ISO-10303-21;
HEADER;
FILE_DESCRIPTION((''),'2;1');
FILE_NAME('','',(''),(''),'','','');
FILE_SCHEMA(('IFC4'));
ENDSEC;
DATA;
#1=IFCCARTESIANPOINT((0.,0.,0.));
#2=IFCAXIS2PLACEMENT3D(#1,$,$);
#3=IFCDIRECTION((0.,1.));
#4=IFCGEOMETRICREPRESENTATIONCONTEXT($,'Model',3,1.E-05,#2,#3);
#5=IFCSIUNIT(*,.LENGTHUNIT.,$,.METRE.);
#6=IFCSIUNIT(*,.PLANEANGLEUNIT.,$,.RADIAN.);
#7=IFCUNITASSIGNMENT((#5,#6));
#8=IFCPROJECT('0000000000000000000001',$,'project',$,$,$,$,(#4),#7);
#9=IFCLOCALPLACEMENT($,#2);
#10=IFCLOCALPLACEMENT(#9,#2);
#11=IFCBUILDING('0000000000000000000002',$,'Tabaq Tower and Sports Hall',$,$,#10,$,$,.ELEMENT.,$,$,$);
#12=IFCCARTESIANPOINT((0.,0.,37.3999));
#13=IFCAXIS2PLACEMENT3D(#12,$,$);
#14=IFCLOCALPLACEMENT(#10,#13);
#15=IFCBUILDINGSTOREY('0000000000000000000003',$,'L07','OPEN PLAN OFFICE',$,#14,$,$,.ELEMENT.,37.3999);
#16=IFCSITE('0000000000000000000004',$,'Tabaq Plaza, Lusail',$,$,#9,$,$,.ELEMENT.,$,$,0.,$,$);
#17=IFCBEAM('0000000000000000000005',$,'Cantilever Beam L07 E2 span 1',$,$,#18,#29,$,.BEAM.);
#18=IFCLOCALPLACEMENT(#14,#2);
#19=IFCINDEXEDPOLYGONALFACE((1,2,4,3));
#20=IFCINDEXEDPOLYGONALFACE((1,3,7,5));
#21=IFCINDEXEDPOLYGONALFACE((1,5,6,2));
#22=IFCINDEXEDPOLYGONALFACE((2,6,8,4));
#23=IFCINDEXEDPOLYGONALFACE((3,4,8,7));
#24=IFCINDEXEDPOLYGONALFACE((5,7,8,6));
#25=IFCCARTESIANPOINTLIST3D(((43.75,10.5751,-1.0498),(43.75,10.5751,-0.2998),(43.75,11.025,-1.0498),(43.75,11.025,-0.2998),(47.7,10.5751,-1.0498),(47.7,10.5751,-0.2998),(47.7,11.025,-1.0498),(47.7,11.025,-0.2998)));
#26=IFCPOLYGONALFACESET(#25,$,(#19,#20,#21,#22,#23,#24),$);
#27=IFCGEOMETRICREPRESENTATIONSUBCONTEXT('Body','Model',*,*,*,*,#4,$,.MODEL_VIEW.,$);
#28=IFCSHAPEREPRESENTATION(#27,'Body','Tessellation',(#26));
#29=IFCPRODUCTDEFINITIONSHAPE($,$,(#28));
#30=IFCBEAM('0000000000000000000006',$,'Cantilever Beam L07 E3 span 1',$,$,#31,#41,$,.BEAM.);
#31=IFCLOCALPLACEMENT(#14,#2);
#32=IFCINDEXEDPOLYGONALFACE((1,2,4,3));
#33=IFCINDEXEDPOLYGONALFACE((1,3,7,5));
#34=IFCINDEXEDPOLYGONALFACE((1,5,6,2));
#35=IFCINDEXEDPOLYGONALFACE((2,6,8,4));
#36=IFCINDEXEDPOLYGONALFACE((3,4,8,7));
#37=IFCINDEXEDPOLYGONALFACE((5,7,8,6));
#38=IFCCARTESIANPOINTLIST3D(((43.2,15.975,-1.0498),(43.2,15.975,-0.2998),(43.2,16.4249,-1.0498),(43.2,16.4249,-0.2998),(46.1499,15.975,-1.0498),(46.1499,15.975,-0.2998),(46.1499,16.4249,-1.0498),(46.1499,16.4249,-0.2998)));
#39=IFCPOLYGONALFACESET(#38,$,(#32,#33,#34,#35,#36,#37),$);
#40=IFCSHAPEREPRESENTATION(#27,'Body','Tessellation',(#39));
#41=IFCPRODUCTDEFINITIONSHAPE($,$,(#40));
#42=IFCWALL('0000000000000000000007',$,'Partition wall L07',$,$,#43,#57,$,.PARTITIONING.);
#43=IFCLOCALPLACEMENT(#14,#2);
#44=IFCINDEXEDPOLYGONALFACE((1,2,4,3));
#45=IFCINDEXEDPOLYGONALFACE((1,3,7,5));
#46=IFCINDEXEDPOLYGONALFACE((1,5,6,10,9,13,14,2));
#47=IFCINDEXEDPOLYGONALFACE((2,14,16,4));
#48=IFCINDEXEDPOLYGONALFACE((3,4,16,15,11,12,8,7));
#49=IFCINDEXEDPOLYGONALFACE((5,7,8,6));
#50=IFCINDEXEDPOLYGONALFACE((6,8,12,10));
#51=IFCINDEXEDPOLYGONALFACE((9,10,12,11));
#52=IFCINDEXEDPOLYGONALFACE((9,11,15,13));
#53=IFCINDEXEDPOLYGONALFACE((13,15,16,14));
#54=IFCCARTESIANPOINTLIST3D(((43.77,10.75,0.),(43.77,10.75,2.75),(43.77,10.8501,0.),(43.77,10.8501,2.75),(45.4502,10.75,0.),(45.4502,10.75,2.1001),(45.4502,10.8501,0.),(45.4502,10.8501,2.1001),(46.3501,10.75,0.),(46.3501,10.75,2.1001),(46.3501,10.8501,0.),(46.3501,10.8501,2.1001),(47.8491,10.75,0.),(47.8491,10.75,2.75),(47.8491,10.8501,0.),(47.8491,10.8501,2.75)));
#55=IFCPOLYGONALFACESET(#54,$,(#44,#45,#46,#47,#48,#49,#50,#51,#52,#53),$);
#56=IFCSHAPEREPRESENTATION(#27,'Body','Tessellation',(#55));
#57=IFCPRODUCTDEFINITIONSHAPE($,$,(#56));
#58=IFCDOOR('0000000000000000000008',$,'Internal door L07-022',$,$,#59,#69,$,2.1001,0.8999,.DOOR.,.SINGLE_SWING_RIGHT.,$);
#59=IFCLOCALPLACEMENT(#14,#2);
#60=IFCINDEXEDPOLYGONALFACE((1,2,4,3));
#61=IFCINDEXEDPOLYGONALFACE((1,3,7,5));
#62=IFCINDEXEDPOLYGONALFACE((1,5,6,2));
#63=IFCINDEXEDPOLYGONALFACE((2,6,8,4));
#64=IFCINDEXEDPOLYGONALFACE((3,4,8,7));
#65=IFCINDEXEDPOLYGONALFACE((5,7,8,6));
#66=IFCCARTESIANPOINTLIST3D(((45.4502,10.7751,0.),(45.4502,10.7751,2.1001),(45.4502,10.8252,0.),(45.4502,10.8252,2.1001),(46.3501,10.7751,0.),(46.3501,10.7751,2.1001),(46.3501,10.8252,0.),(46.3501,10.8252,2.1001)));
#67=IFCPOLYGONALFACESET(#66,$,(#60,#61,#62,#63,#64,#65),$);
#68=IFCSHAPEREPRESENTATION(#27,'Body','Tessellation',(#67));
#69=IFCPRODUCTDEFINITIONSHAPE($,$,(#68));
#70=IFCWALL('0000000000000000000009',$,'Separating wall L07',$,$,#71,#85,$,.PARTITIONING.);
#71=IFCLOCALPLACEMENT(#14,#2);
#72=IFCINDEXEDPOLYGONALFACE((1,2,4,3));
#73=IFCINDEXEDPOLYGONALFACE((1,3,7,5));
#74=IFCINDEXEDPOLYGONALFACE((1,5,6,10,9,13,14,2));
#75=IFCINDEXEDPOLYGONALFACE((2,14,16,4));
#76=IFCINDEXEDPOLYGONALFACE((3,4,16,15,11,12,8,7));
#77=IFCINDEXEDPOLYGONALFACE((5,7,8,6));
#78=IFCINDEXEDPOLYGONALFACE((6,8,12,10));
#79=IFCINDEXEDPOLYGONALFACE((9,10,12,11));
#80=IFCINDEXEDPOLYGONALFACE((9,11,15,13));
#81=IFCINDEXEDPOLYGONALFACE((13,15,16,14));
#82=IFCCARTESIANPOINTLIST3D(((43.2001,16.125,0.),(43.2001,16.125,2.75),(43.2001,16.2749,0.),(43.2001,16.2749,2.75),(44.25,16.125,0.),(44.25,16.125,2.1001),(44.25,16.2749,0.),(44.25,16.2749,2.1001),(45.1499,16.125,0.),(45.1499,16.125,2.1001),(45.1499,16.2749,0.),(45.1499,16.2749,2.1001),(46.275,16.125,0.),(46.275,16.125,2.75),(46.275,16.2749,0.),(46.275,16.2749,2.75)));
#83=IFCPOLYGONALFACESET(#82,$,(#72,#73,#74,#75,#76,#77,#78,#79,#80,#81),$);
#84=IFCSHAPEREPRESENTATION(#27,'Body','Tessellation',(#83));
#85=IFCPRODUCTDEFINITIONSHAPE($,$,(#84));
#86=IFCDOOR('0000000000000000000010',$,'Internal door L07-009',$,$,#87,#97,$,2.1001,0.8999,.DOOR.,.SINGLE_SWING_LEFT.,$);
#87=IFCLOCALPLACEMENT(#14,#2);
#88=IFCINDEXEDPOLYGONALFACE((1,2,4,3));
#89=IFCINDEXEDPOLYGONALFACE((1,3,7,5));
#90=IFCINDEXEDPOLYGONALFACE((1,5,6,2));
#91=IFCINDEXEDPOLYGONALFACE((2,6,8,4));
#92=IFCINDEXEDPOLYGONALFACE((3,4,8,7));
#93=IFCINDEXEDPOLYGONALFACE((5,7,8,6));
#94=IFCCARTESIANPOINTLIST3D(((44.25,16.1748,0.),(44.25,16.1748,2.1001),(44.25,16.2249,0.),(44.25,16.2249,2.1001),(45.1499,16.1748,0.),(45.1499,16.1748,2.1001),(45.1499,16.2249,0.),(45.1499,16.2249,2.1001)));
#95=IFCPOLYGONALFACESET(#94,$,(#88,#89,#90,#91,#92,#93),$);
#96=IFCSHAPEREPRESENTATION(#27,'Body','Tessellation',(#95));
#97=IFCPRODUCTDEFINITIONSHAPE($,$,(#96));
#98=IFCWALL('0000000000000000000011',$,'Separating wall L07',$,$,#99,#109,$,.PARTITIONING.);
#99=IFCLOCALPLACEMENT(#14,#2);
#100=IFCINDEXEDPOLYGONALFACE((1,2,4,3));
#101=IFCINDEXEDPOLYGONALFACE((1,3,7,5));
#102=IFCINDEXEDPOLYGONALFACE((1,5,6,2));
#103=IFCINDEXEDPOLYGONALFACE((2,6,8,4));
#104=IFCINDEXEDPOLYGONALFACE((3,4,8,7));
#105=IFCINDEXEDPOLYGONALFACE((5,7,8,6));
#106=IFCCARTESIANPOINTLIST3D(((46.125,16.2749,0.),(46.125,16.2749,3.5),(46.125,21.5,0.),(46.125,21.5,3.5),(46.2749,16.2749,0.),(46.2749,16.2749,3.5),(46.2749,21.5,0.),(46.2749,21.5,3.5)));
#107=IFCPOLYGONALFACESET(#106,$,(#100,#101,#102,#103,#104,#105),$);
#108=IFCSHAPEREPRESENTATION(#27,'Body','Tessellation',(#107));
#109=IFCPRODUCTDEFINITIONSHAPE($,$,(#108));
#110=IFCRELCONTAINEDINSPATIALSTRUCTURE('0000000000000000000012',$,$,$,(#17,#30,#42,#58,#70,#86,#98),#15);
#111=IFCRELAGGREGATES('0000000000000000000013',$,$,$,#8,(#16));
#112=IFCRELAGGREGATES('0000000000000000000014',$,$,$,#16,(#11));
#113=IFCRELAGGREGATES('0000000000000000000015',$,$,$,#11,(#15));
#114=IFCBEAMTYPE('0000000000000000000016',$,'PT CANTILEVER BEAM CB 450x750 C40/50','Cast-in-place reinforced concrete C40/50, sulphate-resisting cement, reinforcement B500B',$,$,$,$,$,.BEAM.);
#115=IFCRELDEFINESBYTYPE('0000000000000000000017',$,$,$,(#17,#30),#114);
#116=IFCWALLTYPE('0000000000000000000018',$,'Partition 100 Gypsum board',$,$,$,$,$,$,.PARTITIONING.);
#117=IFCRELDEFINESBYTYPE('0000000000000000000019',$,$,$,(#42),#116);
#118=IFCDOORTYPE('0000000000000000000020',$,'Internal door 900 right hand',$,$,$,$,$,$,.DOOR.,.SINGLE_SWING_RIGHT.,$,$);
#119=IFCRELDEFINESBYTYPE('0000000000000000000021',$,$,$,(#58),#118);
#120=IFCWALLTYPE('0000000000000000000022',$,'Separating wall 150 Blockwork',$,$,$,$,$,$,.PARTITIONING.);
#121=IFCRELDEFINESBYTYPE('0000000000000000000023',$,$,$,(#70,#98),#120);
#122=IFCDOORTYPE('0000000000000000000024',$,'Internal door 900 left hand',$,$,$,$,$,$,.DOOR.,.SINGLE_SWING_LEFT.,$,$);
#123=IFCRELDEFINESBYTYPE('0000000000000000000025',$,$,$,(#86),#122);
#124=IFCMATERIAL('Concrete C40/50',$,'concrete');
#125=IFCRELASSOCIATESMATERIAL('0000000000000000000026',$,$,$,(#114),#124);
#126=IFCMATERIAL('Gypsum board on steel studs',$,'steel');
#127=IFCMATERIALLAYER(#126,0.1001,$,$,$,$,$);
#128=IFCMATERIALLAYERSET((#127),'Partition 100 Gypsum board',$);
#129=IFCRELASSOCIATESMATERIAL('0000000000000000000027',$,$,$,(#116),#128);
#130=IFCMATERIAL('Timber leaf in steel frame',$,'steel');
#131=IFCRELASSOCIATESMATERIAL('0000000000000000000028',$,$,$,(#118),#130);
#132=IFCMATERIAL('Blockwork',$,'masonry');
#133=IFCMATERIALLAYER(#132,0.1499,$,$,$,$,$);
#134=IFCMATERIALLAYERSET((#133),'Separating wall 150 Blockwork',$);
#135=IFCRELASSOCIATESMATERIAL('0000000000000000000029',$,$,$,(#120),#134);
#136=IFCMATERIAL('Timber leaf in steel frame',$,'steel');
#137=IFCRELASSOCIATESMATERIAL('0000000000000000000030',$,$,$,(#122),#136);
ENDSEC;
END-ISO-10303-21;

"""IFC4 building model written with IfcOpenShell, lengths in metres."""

from ifc_helpers import new_model, si_unit, direction, frame, frame_2d, origin, origin_2d, place, context, subcontext, project, spatial, rectangle, extrude, material, layer, layer_set, material_profile, profile_set, type_object, element, fill, save


model = new_model("IFC4")

# Units and contexts
model_context = context("Model", 3, precision=1e-05, world=origin(), true_north=direction((0.0, 1.0)))
body_context = subcontext(model_context, "Body", "Model", "MODEL_VIEW")
ifc_project = project(units=[si_unit("LENGTHUNIT", "METRE"), si_unit("PLANEANGLEUNIT", "RADIAN")], contexts=[model_context])

# Site, building, storey
site_placement = place(None, origin())
site = spatial("IfcSite", under=ifc_project, at=site_placement, Name="Tabaq Plaza, Lusail", CompositionType="ELEMENT", RefElevation=0.0)
building_placement = place(site_placement, origin())
building = spatial("IfcBuilding", under=site, at=building_placement, Name="Tabaq Tower and Sports Hall", CompositionType="ELEMENT")
storey_placement = place(building_placement, frame((0.0, 0.0, 37.3999)))
storey = spatial("IfcBuildingStorey", under=building, at=storey_placement, Name="L07", Description="OPEN PLAN OFFICE", CompositionType="ELEMENT", Elevation=37.3999)

# Beams
ifc_material_1 = material(Name="Concrete C40/50", Category="concrete")
ifc_material_profile = material_profile(ifc_material_1, rectangle(XDim=0.45, YDim=0.75, at=origin_2d()), Name="CB 450x750")
ifc_profile_set = profile_set([ifc_material_profile], Name="Concrete C40/50")
beam_type = type_object("IfcBeamType", Name="PT CANTILEVER BEAM CB 450x750 C40/50", Description="Cast-in-place reinforced concrete C40/50, sulphate-resisting cement, reinforcement B500B", PredefinedType="BEAM", material=ifc_profile_set)
beam_1_placement = place(storey_placement, frame((47.7, 10.8, -0.6748), z_axis=(-1.0, 0.0, 0.0), x_axis=(0.0, -1.0, 0.0)))
element("IfcBeam", 1, at=beam_1_placement, inside=storey, type_object=beam_type, Name="Cantilever Beam L07 E2 span 1", PredefinedType="BEAM", context=body_context, shape_type="SweptSolid", body=[
    extrude(rectangle(XDim=0.45, YDim=0.75, at=origin_2d()), origin(), (0.0, 0.0, 1.0), 3.95),
])
beam_2_placement = place(storey_placement, frame((46.1499, 16.2, -0.6748), z_axis=(-1.0, 0.0, 0.0), x_axis=(0.0, -1.0, 0.0)))
element("IfcBeam", 2, at=beam_2_placement, inside=storey, type_object=beam_type, Name="Cantilever Beam L07 E3 span 1", PredefinedType="BEAM", context=body_context, shape_type="SweptSolid", body=[
    extrude(rectangle(XDim=0.45, YDim=0.75, at=origin_2d()), origin(), (0.0, 0.0, 1.0), 2.95),
])

# Walls, openings, doors
ifc_material_2 = material(Name="Gypsum board on steel studs", Category="steel")
ifc_layer_1 = layer(ifc_material_2, 0.1001)
ifc_layer_set_1 = layer_set([ifc_layer_1], Name="Partition 100 Gypsum board")
wall_type_1 = type_object("IfcWallType", Name="Partition 100 Gypsum board", PredefinedType="PARTITIONING", material=ifc_layer_set_1)
wall_1_placement = place(storey_placement, frame((47.8491, 10.8, 0.0), z_axis=(0.0, 0.0, 1.0), x_axis=(-1.0, 0.0, 0.0)))
wall_1 = element("IfcWall", 3, at=wall_1_placement, inside=storey, type_object=wall_type_1, Name="Partition wall L07", PredefinedType="PARTITIONING", context=body_context, shape_type="SweptSolid", body=[
    extrude(rectangle(XDim=4.0791, YDim=0.1001, at=frame_2d((2.0396, 0.0))), origin(), (0.0, 0.0, 1.0), 2.75),
])
opening_1_placement = place(wall_1_placement, frame((1.499, 0.0, 0.0)))
opening_1 = element("IfcOpeningElement", 4, at=opening_1_placement, cuts=wall_1, PredefinedType="OPENING", context=body_context, shape_type="SweptSolid", body=[
    extrude(rectangle(XDim=0.8999, YDim=2.1001, at=frame_2d((0.45, 1.05))), frame((0.0, 0.05, 0.0), z_axis=(0.0, -1.0, 0.0), x_axis=(1.0, 0.0, 0.0)), (0.0, 0.0, 1.0), 0.1001),
])
ifc_material_3 = material(Name="Timber leaf in steel frame", Category="steel")
door_type_1 = type_object("IfcDoorType", Name="Internal door 900 right hand", OperationType="SINGLE_SWING_RIGHT", PredefinedType="DOOR", material=ifc_material_3)
door_1_placement = place(opening_1_placement, origin())
door_1 = element("IfcDoor", 5, at=door_1_placement, inside=storey, type_object=door_type_1, Name="Internal door L07-022", OperationType="SINGLE_SWING_RIGHT", OverallHeight=2.1001, OverallWidth=0.8999, PredefinedType="DOOR", context=body_context, shape_type="SweptSolid", body=[
    extrude(rectangle(XDim=0.8999, YDim=2.1001, at=frame_2d((0.45, 1.05))), frame((0.0, 0.0249, 0.0), z_axis=(0.0, -1.0, 0.0), x_axis=(1.0, 0.0, 0.0)), (0.0, 0.0, 1.0), 0.05),
])
fill(opening_1, door_1)
ifc_material_4 = material(Name="Blockwork", Category="masonry")
ifc_layer_2 = layer(ifc_material_4, 0.1499)
ifc_layer_set_2 = layer_set([ifc_layer_2], Name="Separating wall 150 Blockwork")
wall_type_2 = type_object("IfcWallType", Name="Separating wall 150 Blockwork", PredefinedType="PARTITIONING", material=ifc_layer_set_2)
wall_2_placement = place(storey_placement, frame((43.2, 16.2, 0.0), z_axis=(0.0, 0.0, 1.0), x_axis=(1.0, 0.0, 0.0)))
wall_2 = element("IfcWall", 6, at=wall_2_placement, inside=storey, type_object=wall_type_2, Name="Separating wall L07", PredefinedType="PARTITIONING", context=body_context, shape_type="SweptSolid", body=[
    extrude(rectangle(XDim=3.075, YDim=0.1499, at=frame_2d((1.5376, 0.0))), origin(), (0.0, 0.0, 1.0), 2.75),
])
opening_2_placement = place(wall_2_placement, frame((1.05, 0.0, 0.0)))
opening_2 = element("IfcOpeningElement", 7, at=opening_2_placement, cuts=wall_2, PredefinedType="OPENING", context=body_context, shape_type="SweptSolid", body=[
    extrude(rectangle(XDim=0.8999, YDim=2.1001, at=frame_2d((0.45, 1.05))), frame((0.0, 0.075, 0.0), z_axis=(0.0, -1.0, 0.0), x_axis=(1.0, 0.0, 0.0)), (0.0, 0.0, 1.0), 0.1499),
])
ifc_material_5 = material(Name="Timber leaf in steel frame", Category="steel")
door_type_2 = type_object("IfcDoorType", Name="Internal door 900 left hand", OperationType="SINGLE_SWING_LEFT", PredefinedType="DOOR", material=ifc_material_5)
door_2_placement = place(opening_2_placement, origin())
door_2 = element("IfcDoor", 8, at=door_2_placement, inside=storey, type_object=door_type_2, Name="Internal door L07-009", OperationType="SINGLE_SWING_LEFT", OverallHeight=2.1001, OverallWidth=0.8999, PredefinedType="DOOR", context=body_context, shape_type="SweptSolid", body=[
    extrude(rectangle(XDim=0.8999, YDim=2.1001, at=frame_2d((0.45, 1.05))), frame((0.0, 0.0249, 0.0), z_axis=(0.0, -1.0, 0.0), x_axis=(1.0, 0.0, 0.0)), (0.0, 0.0, 1.0), 0.05),
])
fill(opening_2, door_2)

# Wall
wall_3_placement = place(storey_placement, frame((46.2, 16.2749, 0.0), z_axis=(0.0, 0.0, 1.0), x_axis=(0.0, 1.0, 0.0)))
element("IfcWall", 9, at=wall_3_placement, inside=storey, type_object=wall_type_2, Name="Separating wall L07", PredefinedType="PARTITIONING", context=body_context, shape_type="SweptSolid", body=[
    extrude(rectangle(XDim=5.2251, YDim=0.1499, at=frame_2d((2.6125, 0.0))), origin(), (0.0, 0.0, 1.0), 3.5),
])

save(model, "model.ifc")
